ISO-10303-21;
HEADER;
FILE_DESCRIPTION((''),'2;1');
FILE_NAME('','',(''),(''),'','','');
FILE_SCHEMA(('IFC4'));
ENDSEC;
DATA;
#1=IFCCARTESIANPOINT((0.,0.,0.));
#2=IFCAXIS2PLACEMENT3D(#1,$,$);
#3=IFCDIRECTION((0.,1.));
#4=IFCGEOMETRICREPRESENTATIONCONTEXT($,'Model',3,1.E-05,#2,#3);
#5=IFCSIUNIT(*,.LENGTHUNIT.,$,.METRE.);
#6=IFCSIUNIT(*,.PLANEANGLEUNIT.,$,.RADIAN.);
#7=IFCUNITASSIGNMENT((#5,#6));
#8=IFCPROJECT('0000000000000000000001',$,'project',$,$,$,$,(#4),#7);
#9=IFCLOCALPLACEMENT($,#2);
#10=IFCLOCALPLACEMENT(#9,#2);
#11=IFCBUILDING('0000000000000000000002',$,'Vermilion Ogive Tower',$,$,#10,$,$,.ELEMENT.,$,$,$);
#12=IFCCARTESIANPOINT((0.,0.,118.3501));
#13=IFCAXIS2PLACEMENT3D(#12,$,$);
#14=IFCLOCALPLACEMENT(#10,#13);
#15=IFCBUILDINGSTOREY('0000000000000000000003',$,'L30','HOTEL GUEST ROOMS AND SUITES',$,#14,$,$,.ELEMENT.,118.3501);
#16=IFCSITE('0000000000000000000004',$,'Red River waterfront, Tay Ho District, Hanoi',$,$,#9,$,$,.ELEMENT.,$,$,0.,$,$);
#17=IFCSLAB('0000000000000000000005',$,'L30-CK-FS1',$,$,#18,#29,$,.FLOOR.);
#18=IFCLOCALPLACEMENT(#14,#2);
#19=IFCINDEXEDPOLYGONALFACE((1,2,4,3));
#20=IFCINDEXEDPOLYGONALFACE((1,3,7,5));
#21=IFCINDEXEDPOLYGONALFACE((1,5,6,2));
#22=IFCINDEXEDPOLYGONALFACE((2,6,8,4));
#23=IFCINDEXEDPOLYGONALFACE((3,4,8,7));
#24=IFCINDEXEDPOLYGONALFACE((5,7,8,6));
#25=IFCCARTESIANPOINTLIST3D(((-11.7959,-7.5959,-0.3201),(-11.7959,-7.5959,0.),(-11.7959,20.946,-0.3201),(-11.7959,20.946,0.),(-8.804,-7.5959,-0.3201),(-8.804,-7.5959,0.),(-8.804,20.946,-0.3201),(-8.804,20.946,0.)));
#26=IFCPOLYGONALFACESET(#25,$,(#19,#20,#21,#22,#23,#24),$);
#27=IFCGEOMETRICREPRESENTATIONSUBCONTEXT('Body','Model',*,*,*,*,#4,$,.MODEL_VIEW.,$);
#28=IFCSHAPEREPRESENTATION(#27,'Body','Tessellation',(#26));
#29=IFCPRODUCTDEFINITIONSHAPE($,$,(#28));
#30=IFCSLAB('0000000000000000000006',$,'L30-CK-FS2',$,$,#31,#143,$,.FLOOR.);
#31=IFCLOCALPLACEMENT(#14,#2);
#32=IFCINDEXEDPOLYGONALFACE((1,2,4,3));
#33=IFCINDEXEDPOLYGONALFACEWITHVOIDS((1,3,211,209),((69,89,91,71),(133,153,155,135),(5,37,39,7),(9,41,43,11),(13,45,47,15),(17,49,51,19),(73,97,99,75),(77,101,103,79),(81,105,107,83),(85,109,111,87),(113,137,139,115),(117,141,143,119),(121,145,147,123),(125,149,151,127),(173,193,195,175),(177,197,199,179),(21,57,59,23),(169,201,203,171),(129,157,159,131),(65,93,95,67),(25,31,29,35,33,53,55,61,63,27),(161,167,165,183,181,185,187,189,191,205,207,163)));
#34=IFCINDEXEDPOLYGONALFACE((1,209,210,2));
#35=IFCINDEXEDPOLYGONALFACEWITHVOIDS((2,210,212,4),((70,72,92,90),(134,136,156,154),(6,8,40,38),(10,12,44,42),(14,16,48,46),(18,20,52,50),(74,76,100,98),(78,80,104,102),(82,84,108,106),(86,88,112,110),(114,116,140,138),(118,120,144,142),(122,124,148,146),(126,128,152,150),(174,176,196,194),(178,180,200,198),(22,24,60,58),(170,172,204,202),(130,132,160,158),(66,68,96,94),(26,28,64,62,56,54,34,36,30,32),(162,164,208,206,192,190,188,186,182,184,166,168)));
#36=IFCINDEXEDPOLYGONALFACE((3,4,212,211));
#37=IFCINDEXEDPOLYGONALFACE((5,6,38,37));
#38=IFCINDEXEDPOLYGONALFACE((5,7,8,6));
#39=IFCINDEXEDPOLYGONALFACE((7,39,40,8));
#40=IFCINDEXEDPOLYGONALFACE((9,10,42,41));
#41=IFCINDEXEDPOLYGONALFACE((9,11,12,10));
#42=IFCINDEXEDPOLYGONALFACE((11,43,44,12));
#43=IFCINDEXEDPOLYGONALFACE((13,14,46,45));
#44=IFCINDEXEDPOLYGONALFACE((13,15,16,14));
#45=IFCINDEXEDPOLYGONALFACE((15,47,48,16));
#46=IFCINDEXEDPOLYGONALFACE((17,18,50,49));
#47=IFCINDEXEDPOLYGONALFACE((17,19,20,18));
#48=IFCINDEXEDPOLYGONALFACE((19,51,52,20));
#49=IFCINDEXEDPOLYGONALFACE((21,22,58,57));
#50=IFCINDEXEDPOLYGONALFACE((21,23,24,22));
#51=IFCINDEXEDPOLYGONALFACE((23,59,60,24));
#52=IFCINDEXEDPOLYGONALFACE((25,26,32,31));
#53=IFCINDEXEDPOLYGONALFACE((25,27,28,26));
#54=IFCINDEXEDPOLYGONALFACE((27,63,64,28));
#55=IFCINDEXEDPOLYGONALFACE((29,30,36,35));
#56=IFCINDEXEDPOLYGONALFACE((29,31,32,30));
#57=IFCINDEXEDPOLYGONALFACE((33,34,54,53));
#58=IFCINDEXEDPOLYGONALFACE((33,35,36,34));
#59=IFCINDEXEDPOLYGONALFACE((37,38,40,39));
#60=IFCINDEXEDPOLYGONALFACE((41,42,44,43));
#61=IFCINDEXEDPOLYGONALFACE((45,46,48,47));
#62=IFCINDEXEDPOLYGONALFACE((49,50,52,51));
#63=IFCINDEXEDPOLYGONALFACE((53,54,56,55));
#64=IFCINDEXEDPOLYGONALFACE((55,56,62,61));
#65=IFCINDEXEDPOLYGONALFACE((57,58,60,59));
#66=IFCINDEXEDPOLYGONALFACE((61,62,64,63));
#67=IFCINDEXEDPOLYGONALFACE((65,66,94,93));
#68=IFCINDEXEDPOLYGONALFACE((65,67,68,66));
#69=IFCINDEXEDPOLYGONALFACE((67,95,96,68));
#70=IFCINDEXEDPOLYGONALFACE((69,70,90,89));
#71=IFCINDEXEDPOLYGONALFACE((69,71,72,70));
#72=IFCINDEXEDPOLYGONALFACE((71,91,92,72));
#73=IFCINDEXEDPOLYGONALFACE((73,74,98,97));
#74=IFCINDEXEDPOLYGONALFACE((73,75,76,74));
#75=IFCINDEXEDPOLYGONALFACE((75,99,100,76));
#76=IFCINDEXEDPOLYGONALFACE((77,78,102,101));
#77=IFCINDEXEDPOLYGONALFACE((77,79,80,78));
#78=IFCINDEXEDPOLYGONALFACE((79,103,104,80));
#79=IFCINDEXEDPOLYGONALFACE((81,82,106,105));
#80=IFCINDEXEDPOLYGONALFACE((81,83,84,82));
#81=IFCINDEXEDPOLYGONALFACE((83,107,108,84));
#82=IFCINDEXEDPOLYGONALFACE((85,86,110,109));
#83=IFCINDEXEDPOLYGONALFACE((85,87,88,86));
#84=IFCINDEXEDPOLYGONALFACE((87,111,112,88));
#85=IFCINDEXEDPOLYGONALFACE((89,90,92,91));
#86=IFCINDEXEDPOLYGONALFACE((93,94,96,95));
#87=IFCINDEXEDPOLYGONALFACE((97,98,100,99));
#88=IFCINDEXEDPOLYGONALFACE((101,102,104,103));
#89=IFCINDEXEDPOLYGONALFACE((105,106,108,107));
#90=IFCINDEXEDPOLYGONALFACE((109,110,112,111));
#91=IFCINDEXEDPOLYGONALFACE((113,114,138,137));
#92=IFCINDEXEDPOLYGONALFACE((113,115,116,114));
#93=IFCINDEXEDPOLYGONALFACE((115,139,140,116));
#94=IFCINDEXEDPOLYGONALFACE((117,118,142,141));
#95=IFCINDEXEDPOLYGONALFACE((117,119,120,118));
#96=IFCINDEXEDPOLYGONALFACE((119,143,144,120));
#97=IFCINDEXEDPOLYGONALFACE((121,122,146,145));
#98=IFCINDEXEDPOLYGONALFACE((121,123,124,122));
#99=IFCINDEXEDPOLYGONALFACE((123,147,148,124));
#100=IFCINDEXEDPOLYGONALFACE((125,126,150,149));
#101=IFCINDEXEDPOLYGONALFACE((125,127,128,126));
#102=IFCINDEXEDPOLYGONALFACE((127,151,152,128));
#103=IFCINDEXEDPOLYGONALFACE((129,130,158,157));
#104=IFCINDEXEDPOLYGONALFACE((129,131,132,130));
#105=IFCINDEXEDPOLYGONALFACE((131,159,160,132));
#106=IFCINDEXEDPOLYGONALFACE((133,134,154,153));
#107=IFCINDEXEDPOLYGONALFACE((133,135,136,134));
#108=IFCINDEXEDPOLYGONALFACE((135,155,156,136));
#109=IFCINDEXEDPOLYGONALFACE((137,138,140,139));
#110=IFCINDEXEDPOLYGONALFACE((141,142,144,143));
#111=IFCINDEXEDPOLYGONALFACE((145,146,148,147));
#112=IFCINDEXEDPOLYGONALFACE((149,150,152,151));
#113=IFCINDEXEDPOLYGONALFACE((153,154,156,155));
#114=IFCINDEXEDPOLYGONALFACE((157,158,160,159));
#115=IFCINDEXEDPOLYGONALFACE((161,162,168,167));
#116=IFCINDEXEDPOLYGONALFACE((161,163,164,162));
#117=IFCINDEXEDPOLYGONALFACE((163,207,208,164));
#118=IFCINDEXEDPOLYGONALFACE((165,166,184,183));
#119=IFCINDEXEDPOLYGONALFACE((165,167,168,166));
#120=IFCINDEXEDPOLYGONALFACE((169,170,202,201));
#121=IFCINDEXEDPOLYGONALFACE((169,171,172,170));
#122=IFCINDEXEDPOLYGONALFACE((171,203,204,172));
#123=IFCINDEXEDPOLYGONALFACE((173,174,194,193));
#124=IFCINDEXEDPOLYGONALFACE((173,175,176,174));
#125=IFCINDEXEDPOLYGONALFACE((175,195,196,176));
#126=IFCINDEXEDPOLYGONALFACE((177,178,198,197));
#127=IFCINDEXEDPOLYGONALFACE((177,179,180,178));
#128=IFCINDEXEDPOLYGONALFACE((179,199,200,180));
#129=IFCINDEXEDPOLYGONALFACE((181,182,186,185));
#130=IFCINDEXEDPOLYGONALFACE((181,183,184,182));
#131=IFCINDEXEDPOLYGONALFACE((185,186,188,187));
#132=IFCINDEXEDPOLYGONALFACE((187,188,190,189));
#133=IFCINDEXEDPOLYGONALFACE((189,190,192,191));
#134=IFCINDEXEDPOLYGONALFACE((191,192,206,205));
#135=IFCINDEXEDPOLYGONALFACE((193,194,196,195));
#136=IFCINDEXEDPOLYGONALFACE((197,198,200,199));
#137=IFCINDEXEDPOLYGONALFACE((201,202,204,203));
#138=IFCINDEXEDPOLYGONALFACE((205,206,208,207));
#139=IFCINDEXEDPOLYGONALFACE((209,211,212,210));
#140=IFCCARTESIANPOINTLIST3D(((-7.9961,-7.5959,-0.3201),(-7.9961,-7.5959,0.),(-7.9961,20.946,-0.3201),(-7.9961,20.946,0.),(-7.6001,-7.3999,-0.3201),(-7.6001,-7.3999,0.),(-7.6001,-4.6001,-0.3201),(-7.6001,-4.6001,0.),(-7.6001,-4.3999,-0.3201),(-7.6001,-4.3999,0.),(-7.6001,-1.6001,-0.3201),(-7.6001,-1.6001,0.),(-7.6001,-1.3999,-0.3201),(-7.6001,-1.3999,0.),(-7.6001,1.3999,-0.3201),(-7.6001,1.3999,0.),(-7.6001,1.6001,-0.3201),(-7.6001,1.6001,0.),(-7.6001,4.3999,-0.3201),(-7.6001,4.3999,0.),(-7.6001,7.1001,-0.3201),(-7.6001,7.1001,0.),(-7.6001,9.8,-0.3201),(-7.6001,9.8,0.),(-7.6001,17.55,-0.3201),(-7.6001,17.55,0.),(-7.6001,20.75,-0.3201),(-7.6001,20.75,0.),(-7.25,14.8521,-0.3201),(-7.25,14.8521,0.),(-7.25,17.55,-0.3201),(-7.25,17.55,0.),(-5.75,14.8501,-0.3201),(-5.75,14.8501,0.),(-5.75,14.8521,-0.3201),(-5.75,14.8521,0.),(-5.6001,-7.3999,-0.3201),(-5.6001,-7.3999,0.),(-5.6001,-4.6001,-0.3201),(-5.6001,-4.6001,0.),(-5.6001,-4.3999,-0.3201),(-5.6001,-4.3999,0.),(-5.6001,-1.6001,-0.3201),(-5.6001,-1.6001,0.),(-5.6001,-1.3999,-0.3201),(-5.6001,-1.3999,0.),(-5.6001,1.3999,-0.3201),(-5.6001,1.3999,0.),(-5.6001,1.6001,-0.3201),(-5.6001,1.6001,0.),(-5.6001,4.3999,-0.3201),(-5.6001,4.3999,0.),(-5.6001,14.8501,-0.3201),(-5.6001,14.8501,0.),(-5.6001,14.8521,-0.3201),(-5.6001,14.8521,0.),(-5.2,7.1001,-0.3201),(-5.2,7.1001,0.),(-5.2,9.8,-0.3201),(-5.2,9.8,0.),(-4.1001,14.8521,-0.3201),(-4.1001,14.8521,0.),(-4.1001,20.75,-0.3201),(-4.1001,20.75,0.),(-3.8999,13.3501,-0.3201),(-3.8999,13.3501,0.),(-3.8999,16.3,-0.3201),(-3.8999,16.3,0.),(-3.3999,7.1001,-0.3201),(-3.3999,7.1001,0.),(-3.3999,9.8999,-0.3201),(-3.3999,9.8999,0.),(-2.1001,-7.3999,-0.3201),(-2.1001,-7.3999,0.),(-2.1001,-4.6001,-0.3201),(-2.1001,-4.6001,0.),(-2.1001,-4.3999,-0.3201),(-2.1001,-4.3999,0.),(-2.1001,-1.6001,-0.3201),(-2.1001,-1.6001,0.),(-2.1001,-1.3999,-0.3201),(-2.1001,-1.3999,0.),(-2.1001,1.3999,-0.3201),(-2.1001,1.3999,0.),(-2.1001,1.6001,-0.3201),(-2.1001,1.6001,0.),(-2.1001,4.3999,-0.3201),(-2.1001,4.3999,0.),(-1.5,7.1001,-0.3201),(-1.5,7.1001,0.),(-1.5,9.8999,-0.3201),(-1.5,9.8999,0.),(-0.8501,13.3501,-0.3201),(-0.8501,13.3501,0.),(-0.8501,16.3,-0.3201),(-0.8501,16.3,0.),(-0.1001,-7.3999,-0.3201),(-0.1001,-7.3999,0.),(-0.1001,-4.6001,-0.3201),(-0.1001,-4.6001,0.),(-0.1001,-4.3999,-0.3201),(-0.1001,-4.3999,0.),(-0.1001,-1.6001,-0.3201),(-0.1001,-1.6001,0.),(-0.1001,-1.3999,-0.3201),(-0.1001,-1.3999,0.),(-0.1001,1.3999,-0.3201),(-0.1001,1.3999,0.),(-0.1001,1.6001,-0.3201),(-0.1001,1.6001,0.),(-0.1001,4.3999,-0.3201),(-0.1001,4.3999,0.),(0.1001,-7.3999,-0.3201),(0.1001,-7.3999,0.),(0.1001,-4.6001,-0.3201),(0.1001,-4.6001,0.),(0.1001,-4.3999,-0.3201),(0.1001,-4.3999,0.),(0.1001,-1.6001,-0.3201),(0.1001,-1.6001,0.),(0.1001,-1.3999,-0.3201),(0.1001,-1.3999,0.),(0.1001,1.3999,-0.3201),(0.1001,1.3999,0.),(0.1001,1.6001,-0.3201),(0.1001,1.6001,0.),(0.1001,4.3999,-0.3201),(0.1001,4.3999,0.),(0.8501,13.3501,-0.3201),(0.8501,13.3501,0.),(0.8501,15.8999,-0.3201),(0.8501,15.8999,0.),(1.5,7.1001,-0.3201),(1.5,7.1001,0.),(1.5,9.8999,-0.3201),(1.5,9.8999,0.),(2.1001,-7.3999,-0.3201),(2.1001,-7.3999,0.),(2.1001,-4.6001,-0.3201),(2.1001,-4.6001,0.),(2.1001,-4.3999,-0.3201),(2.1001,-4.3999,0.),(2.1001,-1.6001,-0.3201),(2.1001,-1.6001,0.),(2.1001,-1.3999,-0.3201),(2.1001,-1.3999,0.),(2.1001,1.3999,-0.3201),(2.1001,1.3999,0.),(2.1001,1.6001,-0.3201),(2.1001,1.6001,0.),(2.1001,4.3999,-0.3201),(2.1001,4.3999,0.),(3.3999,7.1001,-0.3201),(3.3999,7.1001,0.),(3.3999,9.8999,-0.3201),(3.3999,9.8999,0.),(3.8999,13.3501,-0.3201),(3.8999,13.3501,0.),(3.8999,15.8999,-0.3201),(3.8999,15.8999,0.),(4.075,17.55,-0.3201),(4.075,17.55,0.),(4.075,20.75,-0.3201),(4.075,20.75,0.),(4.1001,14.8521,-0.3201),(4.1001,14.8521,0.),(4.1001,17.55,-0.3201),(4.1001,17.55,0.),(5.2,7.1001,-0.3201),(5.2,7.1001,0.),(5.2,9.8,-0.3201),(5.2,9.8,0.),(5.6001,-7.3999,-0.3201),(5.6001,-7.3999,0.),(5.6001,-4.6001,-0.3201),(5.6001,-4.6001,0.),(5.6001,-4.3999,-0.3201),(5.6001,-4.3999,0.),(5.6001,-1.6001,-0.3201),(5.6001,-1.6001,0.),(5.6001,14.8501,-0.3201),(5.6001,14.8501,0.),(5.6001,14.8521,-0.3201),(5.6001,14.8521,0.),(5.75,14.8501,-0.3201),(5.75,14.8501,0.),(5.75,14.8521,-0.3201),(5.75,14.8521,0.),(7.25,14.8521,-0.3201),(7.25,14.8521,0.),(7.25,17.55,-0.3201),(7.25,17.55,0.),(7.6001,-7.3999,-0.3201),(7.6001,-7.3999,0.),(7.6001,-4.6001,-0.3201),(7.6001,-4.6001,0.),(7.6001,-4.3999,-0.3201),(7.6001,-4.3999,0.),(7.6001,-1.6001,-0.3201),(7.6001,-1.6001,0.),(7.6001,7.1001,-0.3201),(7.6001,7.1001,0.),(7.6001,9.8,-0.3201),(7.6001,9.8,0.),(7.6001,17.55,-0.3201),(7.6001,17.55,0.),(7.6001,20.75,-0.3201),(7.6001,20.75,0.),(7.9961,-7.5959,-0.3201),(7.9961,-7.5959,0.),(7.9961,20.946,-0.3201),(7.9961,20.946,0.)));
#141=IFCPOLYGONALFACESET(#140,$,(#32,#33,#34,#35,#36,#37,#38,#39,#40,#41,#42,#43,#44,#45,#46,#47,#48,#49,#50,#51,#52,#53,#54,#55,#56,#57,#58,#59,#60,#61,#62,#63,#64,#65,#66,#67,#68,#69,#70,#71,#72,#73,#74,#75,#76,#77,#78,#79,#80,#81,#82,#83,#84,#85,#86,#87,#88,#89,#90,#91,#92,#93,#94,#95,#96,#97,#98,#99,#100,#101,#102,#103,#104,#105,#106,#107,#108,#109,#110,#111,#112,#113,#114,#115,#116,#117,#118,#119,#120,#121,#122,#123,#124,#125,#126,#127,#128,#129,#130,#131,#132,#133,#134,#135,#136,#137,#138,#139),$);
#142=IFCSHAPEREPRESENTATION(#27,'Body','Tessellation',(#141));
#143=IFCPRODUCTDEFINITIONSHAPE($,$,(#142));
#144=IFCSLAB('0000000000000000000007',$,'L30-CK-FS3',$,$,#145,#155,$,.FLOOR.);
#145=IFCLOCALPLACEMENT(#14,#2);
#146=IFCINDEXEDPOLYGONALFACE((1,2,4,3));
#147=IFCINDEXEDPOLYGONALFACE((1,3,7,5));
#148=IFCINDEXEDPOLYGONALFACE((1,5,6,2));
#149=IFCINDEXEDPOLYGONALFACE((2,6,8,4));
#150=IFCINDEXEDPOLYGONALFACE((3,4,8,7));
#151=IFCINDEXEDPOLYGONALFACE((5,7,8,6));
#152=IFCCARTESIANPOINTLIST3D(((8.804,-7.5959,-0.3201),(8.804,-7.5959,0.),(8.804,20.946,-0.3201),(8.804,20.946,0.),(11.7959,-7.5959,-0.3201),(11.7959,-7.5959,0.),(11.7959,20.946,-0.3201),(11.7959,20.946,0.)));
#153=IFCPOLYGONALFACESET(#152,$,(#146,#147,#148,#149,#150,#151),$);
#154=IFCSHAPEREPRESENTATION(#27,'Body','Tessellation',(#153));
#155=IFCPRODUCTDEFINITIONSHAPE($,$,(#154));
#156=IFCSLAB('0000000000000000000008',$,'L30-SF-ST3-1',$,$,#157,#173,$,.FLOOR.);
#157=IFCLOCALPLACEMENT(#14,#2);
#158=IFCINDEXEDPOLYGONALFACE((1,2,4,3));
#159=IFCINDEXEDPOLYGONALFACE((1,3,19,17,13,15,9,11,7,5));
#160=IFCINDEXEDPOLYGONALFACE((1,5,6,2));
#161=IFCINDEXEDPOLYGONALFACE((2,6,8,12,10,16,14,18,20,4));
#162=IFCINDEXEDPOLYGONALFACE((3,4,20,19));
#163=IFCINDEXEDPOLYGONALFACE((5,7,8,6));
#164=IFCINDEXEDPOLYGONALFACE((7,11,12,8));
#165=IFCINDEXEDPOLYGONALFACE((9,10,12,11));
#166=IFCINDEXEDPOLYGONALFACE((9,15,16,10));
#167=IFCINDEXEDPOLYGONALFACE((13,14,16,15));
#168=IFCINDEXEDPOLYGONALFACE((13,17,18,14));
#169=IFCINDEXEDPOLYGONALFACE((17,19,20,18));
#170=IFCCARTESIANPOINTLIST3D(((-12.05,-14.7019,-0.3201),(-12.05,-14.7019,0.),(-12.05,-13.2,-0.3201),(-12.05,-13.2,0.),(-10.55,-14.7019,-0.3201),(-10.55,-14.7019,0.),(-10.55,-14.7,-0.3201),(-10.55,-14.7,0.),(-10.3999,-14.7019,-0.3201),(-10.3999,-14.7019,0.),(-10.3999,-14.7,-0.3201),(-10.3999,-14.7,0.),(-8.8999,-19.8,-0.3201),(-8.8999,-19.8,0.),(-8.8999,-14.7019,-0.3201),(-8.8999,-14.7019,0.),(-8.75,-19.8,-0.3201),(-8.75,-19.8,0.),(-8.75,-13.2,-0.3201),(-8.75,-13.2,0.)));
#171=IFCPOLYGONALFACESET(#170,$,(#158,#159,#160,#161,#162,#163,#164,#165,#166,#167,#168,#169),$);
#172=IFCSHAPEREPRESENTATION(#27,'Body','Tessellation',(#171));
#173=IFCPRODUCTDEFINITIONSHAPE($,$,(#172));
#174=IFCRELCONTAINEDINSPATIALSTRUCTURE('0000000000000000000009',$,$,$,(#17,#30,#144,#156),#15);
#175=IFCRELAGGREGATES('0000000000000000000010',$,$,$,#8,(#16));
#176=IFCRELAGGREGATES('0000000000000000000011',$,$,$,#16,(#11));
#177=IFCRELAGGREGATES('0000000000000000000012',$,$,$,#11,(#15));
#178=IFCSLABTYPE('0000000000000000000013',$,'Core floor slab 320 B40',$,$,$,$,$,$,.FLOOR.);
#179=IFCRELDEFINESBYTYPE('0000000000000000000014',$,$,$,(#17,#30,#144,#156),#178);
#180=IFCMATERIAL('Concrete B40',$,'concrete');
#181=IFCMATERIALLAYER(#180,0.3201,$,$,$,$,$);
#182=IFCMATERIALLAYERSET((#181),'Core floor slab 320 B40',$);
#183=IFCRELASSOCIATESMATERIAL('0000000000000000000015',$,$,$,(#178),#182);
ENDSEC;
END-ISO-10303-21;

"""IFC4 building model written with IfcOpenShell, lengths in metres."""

from ifc_helpers import new_model, si_unit, direction, frame, origin, place, context, subcontext, project, spatial, polyline, outline, extrude, material, layer, layer_set, type_object, element, save


model = new_model("IFC4")

# Units and contexts
model_context = context("Model", 3, precision=1e-05, world=origin(), true_north=direction((0.0, 1.0)))
body_context = subcontext(model_context, "Body", "Model", "MODEL_VIEW")
ifc_project = project(units=[si_unit("LENGTHUNIT", "METRE"), si_unit("PLANEANGLEUNIT", "RADIAN")], contexts=[model_context])

# Site, building, storey
site_placement = place(None, origin())
site = spatial("IfcSite", under=ifc_project, at=site_placement, Name="Red River waterfront, Tay Ho District, Hanoi", CompositionType="ELEMENT", RefElevation=0.0)
building_placement = place(site_placement, origin())
building = spatial("IfcBuilding", under=site, at=building_placement, Name="Vermilion Ogive Tower", CompositionType="ELEMENT")
storey_placement = place(building_placement, frame((0.0, 0.0, 118.3501)))
storey = spatial("IfcBuildingStorey", under=building, at=storey_placement, Name="L30", Description="HOTEL GUEST ROOMS AND SUITES", CompositionType="ELEMENT", Elevation=118.3501)

# Slabs
ifc_material_1 = material(Name="Concrete B40", Category="concrete")
ifc_layer_1 = layer(ifc_material_1, 0.3201)
ifc_layer_set_1 = layer_set([ifc_layer_1], Name="Core floor slab 320 B40")
slab_type = type_object("IfcSlabType", Name="Core floor slab 320 B40", PredefinedType="FLOOR", material=ifc_layer_set_1)
slab_1_placement = place(storey_placement, frame((0.0, 0.0, -0.3201)))
element("IfcSlab", 1, at=slab_1_placement, inside=storey, type_object=slab_type, Name="L30-CK-FS1", PredefinedType="FLOOR", context=body_context, shape_type="SweptSolid", body=[
    extrude(outline(polyline([(-8.804, 20.946), (-8.804, -7.5959), (-11.7959, -7.5959), (-11.7959, 20.946), (-8.804, 20.946)])), origin(), (0.0, 0.0, 1.0), 0.3201),
])
slab_2_placement = place(storey_placement, frame((0.0, 0.0, -0.3201)))
element("IfcSlab", 2, at=slab_2_placement, inside=storey, type_object=slab_type, Name="L30-CK-FS2", PredefinedType="FLOOR", context=body_context, shape_type="SweptSolid", body=[
    extrude(outline(polyline([(-7.9961, 20.946), (-7.9961, -7.5959), (7.9961, -7.5959), (7.9961, 20.946), (-7.9961, 20.946)]), holes=[polyline([(-7.6001, -4.6001), (-5.6001, -4.6001), (-5.6001, -7.3999), (-7.6001, -7.3999), (-7.6001, -4.6001)]), polyline([(-2.1001, -4.6001), (-0.1001, -4.6001), (-0.1001, -7.3999), (-2.1001, -7.3999), (-2.1001, -4.6001)]), polyline([(-7.6001, -4.3999), (-7.6001, -1.6001), (-5.6001, -1.6001), (-5.6001, -4.3999), (-7.6001, -4.3999)]), polyline([(-2.1001, -1.6001), (-0.1001, -1.6001), (-0.1001, -4.3999), (-2.1001, -4.3999), (-2.1001, -1.6001)]), polyline([(-7.6001, -1.3999), (-7.6001, 1.3999), (-5.6001, 1.3999), (-5.6001, -1.3999), (-7.6001, -1.3999)]), polyline([(-2.1001, 1.3999), (-0.1001, 1.3999), (-0.1001, -1.3999), (-2.1001, -1.3999), (-2.1001, 1.3999)]), polyline([(-7.6001, 4.3999), (-5.6001, 4.3999), (-5.6001, 1.6001), (-7.6001, 1.6001), (-7.6001, 4.3999)]), polyline([(-2.1001, 4.3999), (-0.1001, 4.3999), (-0.1001, 1.6001), (-2.1001, 1.6001), (-2.1001, 4.3999)]), polyline([(-7.6001, 9.8), (-5.2, 9.8), (-5.2, 7.1001), (-7.6001, 7.1001), (-7.6001, 9.8)]), polyline([(-3.3999, 9.8999), (-1.5, 9.8999), (-1.5, 7.1001), (-3.3999, 7.1001), (-3.3999, 9.8999)]), polyline([(-3.8999, 16.3), (-0.8501, 16.3), (-0.8501, 13.3501), (-3.8999, 13.3501), (-3.8999, 16.3)]), polyline([(-7.6001, 17.55), (-7.6001, 20.75), (-4.1001, 20.75), (-4.1001, 14.8521), (-5.6001, 14.8521), (-5.6001, 14.8501), (-5.75, 14.8501), (-5.75, 14.8521), (-7.25, 14.8521), (-7.25, 17.55), (-7.6001, 17.55)]), polyline([(0.1001, -4.6001), (2.1001, -4.6001), (2.1001, -7.3999), (0.1001, -7.3999), (0.1001, -4.6001)]), polyline([(5.6001, -4.6001), (7.6001, -4.6001), (7.6001, -7.3999), (5.6001, -7.3999), (5.6001, -4.6001)]), polyline([(0.1001, -1.6001), (2.1001, -1.6001), (2.1001, -4.3999), (0.1001, -4.3999), (0.1001, -1.6001)]), polyline([(5.6001, -1.6001), (7.6001, -1.6001), (7.6001, -4.3999), (5.6001, -4.3999), (5.6001, -1.6001)]), polyline([(0.1001, 1.3999), (2.1001, 1.3999), (2.1001, -1.3999), (0.1001, -1.3999), (0.1001, 1.3999)]), polyline([(0.1001, 4.3999), (2.1001, 4.3999), (2.1001, 1.6001), (0.1001, 1.6001), (0.1001, 4.3999)]), polyline([(5.2, 9.8), (7.6001, 9.8), (7.6001, 7.1001), (5.2, 7.1001), (5.2, 9.8)]), polyline([(1.5, 9.8999), (3.3999, 9.8999), (3.3999, 7.1001), (1.5, 7.1001), (1.5, 9.8999)]), polyline([(0.8501, 15.8999), (3.8999, 15.8999), (3.8999, 13.3501), (0.8501, 13.3501), (0.8501, 15.8999)]), polyline([(5.75, 14.8501), (5.6001, 14.8501), (5.6001, 14.8521), (4.1001, 14.8521), (4.1001, 17.55), (4.075, 17.55), (4.075, 20.75), (7.6001, 20.75), (7.6001, 17.55), (7.25, 17.55), (7.25, 14.8521), (5.75, 14.8521), (5.75, 14.8501)])]), origin(), (0.0, 0.0, 1.0), 0.3201),
])
slab_3_placement = place(storey_placement, frame((0.0, 0.0, -0.3201)))
element("IfcSlab", 3, at=slab_3_placement, inside=storey, type_object=slab_type, Name="L30-CK-FS3", PredefinedType="FLOOR", context=body_context, shape_type="SweptSolid", body=[
    extrude(outline(polyline([(11.7959, -7.5959), (8.804, -7.5959), (8.804, 20.946), (11.7959, 20.946), (11.7959, -7.5959)])), origin(), (0.0, 0.0, 1.0), 0.3201),
])
slab_4_placement = place(storey_placement, frame((0.0, 0.0, -0.3201)))
element("IfcSlab", 4, at=slab_4_placement, inside=storey, type_object=slab_type, Name="L30-SF-ST3-1", PredefinedType="FLOOR", context=body_context, shape_type="SweptSolid", body=[
    extrude(outline(polyline([(-12.05, -13.2), (-12.05, -14.7019), (-10.55, -14.7019), (-10.55, -14.7), (-10.3999, -14.7), (-10.3999, -14.7019), (-8.8999, -14.7019), (-8.8999, -19.8), (-8.75, -19.8), (-8.75, -13.2), (-12.05, -13.2)])), origin(), (0.0, 0.0, 1.0), 0.3201),
])

save(model, "model.ifc")
